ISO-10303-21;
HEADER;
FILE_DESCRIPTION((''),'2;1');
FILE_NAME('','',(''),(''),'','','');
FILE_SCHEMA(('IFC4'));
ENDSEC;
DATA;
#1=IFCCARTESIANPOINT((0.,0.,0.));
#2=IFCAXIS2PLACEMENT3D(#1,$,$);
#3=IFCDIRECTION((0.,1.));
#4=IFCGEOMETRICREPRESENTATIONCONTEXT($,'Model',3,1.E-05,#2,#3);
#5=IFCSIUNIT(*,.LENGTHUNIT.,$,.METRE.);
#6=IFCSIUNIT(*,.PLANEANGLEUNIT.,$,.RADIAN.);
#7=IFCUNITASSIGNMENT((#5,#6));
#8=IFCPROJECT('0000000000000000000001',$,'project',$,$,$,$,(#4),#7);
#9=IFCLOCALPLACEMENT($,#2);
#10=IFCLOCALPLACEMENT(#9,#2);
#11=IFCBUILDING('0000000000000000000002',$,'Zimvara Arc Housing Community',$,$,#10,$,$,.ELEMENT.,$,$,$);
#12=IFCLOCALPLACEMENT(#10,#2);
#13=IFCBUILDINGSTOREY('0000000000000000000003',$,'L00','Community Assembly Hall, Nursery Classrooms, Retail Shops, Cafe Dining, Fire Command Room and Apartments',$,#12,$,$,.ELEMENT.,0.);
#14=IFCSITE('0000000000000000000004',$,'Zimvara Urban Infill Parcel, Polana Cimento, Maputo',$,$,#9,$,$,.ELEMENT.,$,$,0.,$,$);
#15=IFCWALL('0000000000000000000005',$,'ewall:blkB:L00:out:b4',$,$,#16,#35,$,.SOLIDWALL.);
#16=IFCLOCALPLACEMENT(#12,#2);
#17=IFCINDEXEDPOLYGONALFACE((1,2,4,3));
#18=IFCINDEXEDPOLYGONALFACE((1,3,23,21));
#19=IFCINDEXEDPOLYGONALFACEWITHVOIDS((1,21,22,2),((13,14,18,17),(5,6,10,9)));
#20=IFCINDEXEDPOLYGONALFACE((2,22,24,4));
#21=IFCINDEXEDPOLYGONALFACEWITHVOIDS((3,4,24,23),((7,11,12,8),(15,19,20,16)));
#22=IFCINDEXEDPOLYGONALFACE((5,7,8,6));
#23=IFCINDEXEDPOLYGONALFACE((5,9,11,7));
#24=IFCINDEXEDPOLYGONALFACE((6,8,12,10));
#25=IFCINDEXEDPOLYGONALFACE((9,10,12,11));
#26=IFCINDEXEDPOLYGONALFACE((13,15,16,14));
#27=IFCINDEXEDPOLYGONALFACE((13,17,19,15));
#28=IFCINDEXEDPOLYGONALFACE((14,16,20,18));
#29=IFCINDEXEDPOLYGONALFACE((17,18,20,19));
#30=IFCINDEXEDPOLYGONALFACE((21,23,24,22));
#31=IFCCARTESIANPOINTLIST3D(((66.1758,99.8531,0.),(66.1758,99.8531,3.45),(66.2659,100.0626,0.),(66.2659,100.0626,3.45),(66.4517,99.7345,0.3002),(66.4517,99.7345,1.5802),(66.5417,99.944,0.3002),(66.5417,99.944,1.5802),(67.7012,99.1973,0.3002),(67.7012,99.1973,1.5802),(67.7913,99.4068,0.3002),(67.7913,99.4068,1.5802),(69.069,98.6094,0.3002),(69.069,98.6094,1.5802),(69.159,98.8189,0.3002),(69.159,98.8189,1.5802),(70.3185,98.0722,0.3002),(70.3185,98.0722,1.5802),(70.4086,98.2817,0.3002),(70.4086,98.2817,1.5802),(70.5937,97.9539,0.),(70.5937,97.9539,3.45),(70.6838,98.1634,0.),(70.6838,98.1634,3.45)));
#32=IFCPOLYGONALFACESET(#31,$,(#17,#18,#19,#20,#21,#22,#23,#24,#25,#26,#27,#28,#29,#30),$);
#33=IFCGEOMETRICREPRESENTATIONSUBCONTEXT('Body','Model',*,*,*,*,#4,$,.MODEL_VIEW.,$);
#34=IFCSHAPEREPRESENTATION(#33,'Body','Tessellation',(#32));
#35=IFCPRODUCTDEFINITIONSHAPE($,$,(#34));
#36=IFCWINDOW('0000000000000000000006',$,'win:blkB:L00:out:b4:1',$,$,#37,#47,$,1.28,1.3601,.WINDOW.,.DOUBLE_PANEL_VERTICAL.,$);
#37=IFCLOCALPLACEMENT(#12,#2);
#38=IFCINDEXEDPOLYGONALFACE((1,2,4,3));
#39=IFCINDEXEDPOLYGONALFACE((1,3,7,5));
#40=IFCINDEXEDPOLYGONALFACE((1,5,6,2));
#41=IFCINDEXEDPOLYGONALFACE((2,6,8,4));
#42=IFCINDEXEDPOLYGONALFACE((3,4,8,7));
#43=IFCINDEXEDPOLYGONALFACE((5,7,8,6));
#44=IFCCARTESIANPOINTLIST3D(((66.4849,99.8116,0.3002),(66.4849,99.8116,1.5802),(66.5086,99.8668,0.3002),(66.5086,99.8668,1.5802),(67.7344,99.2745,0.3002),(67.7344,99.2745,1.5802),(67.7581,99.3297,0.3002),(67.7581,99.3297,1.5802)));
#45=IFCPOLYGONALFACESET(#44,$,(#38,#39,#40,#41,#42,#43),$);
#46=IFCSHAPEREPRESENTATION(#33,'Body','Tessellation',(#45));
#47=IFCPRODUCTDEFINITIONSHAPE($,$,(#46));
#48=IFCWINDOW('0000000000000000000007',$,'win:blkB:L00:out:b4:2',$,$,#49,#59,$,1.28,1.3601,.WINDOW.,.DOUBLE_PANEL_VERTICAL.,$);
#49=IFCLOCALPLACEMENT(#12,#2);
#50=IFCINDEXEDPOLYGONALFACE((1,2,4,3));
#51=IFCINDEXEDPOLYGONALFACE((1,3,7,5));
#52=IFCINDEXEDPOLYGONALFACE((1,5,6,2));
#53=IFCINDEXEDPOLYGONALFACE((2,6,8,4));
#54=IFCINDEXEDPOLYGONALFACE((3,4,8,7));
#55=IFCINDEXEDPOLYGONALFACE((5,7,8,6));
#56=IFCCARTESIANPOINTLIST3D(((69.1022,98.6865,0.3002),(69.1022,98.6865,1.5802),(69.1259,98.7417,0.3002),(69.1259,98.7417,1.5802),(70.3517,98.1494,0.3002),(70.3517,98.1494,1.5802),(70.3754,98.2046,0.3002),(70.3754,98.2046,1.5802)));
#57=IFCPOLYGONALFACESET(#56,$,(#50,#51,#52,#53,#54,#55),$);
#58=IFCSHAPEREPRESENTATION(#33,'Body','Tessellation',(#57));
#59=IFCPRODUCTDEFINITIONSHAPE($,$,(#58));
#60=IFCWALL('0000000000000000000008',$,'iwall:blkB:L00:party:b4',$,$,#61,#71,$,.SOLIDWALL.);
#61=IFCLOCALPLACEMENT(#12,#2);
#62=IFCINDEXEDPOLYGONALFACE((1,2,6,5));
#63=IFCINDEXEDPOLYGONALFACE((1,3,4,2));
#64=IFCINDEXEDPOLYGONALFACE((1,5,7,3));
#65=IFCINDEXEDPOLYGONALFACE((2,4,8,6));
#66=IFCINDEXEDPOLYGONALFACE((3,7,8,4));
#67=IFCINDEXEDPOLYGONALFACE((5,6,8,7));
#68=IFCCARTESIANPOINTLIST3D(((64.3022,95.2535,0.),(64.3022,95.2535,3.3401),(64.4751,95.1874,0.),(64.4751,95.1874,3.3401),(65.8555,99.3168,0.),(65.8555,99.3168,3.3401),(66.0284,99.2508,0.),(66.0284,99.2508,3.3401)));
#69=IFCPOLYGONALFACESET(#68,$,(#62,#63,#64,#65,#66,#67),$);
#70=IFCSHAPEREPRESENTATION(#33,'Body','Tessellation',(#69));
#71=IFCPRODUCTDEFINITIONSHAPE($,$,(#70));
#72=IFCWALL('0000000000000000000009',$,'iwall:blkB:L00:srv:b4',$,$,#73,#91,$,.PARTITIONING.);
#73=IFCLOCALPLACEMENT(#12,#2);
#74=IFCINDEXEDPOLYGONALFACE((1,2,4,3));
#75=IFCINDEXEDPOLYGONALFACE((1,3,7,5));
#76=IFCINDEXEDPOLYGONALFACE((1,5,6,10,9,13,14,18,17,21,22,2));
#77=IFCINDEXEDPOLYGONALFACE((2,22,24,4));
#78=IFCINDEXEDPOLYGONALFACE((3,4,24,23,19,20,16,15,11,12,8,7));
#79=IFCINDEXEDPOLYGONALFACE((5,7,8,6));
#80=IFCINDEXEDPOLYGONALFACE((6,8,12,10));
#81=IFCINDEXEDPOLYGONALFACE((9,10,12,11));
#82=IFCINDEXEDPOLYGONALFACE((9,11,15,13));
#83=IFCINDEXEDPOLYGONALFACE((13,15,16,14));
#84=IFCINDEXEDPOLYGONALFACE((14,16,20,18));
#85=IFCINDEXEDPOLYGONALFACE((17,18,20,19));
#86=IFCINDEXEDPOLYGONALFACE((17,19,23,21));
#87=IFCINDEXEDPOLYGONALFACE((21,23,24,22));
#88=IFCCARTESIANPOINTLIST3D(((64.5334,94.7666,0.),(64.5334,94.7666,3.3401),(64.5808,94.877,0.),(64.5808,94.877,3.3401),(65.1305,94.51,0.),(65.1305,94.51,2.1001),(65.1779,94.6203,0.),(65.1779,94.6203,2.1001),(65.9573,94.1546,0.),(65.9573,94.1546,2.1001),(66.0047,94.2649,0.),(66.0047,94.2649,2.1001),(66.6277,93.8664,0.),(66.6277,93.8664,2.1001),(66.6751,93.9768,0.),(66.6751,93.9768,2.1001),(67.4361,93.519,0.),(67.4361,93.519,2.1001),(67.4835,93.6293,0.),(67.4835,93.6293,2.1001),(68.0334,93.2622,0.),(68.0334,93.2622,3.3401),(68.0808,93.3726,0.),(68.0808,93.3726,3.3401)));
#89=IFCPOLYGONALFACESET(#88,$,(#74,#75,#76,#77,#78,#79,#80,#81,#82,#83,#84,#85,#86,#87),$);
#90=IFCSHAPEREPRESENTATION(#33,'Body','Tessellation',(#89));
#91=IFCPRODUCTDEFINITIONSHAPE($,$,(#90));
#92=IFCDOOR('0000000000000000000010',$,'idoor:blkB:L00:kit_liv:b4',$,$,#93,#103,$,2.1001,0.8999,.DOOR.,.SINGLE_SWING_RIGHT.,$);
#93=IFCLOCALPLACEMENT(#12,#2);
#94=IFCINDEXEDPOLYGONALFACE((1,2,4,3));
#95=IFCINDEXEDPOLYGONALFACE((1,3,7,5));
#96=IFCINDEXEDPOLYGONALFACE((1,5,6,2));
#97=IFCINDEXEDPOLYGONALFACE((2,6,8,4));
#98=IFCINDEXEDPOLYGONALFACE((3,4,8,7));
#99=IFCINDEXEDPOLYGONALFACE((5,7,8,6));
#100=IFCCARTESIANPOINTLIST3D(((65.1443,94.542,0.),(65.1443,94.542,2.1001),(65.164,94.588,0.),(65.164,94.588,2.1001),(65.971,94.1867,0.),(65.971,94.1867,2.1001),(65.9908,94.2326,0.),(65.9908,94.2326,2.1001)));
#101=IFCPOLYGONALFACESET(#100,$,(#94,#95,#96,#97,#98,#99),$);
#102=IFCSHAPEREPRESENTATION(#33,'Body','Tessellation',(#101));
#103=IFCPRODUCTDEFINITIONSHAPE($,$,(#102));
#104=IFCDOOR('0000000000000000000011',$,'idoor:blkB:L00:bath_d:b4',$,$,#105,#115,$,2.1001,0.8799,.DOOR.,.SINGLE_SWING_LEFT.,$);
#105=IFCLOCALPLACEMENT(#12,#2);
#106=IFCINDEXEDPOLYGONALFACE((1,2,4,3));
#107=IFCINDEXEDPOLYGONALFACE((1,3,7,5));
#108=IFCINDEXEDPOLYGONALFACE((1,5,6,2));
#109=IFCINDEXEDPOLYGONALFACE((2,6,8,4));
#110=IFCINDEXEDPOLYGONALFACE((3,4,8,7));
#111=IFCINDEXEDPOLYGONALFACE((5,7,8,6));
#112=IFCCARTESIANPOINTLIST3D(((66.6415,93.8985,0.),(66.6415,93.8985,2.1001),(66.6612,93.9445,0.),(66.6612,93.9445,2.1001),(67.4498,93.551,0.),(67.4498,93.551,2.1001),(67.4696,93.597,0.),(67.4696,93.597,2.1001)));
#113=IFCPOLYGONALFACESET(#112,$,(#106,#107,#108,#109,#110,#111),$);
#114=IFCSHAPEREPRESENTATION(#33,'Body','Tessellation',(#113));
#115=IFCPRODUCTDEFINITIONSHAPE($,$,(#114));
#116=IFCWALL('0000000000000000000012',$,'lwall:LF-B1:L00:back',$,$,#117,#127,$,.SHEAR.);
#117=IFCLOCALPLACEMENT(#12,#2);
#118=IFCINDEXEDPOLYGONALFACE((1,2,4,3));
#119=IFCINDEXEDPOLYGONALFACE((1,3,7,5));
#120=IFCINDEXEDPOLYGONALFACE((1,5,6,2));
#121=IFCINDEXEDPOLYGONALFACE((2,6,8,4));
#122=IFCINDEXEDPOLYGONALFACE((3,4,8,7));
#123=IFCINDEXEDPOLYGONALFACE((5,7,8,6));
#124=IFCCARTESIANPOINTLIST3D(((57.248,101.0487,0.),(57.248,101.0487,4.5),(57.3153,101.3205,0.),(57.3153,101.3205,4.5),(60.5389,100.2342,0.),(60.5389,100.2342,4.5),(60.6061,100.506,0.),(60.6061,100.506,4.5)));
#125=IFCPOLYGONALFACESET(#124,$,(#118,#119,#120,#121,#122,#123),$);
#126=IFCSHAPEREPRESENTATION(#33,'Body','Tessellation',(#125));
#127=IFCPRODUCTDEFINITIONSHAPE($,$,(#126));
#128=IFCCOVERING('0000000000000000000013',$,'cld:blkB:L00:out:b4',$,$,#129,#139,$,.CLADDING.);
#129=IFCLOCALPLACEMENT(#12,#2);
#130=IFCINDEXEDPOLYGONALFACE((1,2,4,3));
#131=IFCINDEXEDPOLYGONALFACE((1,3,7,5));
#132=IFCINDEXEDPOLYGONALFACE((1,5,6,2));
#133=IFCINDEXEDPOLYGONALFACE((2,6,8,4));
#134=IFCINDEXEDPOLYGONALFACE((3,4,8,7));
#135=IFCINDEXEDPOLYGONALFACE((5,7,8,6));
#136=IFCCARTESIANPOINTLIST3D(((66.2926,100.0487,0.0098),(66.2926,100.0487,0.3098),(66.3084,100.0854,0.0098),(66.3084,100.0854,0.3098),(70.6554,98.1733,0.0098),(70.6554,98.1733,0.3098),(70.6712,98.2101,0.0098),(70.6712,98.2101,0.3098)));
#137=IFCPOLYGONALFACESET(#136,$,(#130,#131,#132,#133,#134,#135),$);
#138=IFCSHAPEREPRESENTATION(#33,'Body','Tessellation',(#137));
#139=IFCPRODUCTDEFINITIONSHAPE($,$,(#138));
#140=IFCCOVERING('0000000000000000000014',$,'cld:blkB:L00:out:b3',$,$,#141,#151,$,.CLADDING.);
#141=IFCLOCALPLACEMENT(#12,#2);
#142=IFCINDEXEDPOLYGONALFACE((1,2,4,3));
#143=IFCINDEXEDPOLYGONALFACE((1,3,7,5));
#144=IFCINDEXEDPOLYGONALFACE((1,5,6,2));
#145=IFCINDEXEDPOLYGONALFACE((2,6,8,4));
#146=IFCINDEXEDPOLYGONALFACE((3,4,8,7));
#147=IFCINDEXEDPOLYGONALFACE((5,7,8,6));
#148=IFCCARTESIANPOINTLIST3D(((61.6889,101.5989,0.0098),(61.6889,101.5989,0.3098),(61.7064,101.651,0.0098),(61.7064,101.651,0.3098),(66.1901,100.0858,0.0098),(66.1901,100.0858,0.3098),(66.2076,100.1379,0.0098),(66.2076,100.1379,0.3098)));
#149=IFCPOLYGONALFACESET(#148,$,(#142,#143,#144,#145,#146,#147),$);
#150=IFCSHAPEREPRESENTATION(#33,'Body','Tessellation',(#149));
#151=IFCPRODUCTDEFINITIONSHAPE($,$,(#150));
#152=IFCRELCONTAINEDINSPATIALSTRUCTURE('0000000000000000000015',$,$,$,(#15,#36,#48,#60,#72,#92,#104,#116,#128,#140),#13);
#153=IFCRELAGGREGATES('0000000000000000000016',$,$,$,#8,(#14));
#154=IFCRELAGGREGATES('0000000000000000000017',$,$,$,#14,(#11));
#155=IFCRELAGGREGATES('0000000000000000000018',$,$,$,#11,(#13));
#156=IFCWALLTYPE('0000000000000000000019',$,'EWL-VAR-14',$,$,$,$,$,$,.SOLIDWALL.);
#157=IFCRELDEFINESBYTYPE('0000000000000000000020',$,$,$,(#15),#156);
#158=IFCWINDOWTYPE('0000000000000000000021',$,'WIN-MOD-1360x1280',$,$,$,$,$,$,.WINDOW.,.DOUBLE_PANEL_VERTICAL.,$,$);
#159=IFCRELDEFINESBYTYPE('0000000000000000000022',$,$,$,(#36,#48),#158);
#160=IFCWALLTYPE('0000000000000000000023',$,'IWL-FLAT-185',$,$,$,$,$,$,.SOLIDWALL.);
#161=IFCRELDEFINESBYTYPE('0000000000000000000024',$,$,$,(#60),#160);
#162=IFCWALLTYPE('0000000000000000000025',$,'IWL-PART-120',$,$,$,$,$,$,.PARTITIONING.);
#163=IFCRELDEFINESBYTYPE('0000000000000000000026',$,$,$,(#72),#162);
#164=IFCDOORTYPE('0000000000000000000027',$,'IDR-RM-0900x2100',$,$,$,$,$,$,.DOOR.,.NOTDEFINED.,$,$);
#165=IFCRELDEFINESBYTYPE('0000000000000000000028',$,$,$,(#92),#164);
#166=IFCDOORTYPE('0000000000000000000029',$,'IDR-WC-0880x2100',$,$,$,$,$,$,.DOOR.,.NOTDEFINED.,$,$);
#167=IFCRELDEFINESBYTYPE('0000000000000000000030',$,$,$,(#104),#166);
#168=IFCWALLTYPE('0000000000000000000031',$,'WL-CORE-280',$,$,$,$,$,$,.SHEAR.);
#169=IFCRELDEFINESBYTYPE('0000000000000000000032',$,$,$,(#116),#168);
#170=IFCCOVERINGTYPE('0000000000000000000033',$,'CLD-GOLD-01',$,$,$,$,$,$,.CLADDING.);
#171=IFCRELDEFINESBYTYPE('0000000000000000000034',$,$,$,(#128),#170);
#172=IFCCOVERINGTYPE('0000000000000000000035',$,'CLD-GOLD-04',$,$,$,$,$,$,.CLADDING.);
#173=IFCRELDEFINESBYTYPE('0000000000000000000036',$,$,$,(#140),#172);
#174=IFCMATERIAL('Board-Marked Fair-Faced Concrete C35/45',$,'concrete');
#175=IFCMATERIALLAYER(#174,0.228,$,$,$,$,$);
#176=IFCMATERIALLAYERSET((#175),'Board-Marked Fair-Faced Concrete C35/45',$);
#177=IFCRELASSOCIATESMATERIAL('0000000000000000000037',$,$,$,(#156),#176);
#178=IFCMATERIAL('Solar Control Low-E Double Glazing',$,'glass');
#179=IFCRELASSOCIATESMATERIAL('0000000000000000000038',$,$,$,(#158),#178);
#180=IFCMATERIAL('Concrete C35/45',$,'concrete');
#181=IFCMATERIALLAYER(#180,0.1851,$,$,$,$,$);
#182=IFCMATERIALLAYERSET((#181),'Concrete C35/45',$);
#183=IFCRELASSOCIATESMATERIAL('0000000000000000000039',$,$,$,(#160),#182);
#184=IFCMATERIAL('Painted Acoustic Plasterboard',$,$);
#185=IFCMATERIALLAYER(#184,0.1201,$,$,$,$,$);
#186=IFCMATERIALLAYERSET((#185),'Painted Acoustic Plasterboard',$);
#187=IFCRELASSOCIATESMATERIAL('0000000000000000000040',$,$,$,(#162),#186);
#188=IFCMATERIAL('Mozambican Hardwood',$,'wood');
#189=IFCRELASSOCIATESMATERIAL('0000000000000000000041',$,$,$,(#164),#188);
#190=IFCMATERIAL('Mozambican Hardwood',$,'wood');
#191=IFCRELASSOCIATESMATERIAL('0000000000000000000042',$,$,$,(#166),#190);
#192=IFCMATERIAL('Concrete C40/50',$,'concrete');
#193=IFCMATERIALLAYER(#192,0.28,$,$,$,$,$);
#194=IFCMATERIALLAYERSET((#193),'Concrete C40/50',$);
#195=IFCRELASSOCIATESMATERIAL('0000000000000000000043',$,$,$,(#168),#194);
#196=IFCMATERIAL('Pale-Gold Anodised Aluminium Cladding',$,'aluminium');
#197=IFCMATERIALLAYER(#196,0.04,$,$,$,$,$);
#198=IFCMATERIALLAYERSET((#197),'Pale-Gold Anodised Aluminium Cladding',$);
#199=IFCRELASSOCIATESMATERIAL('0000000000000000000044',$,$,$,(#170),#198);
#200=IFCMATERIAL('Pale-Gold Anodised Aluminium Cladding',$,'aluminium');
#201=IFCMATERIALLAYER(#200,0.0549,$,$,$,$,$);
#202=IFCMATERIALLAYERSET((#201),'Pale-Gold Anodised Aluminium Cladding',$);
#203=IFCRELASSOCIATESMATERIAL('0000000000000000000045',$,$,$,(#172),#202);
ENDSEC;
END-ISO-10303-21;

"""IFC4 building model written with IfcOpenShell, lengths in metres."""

from ifc_helpers import new_model, si_unit, direction, frame, frame_2d, origin, origin_2d, place, context, subcontext, project, spatial, rectangle, extrude, material, layer, layer_set, type_object, element, fill, save


model = new_model("IFC4")

# Units and contexts
model_context = context("Model", 3, precision=1e-05, world=origin(), true_north=direction((0.0, 1.0)))
body_context = subcontext(model_context, "Body", "Model", "MODEL_VIEW")
ifc_project = project(units=[si_unit("LENGTHUNIT", "METRE"), si_unit("PLANEANGLEUNIT", "RADIAN")], contexts=[model_context])

# Site, building, storey
site_placement = place(None, origin())
site = spatial("IfcSite", under=ifc_project, at=site_placement, Name="Zimvara Urban Infill Parcel, Polana Cimento, Maputo", CompositionType="ELEMENT", RefElevation=0.0)
building_placement = place(site_placement, origin())
building = spatial("IfcBuilding", under=site, at=building_placement, Name="Zimvara Arc Housing Community", CompositionType="ELEMENT")
storey_placement = place(building_placement, origin())
storey = spatial("IfcBuildingStorey", under=building, at=storey_placement, Name="L00", Description="Community Assembly Hall, Nursery Classrooms, Retail Shops, Cafe Dining, Fire Command Room and Apartments", CompositionType="ELEMENT", Elevation=0.0)

# Wall, openings, windows
ifc_material_1 = material(Name="Board-Marked Fair-Faced Concrete C35/45", Category="concrete")
ifc_layer_1 = layer(ifc_material_1, 0.228)
ifc_layer_set_1 = layer_set([ifc_layer_1], Name="Board-Marked Fair-Faced Concrete C35/45")
wall_type_1 = type_object("IfcWallType", Name="EWL-VAR-14", PredefinedType="SOLIDWALL", material=ifc_layer_set_1)
wall_1_placement = place(storey_placement, frame((66.2209, 99.9578, 0.0), z_axis=(0.0, 0.0, 1.0), x_axis=(0.918711, -0.39493, 0.0)))
wall_1 = element("IfcWall", 1, at=wall_1_placement, inside=storey, type_object=wall_type_1, Name="ewall:blkB:L00:out:b4", PredefinedType="SOLIDWALL", context=body_context, shape_type="SweptSolid", body=[
    extrude(rectangle(XDim=4.8088, YDim=0.228, at=frame_2d((2.4043, 0.0))), origin(), (0.0, 0.0, 1.0), 3.45),
])
opening_1_placement = place(wall_1_placement, frame((0.3, 0.0, 0.3)))
opening_1 = element("IfcOpeningElement", 2, at=opening_1_placement, cuts=wall_1, PredefinedType="OPENING", context=body_context, shape_type="SweptSolid", body=[
    extrude(rectangle(XDim=1.3601, YDim=1.28, at=frame_2d((0.6802, 0.6401))), frame((0.0, 0.124, 0.0), z_axis=(0.0, -1.0, 0.0), x_axis=(1.0, 0.0, 0.0)), (0.0, 0.0, 1.0), 0.248),
])
opening_2_placement = place(wall_1_placement, frame((3.1489, 0.0, 0.3)))
opening_2 = element("IfcOpeningElement", 3, at=opening_2_placement, cuts=wall_1, PredefinedType="OPENING", context=body_context, shape_type="SweptSolid", body=[
    extrude(rectangle(XDim=1.3601, YDim=1.28, at=frame_2d((0.6802, 0.6401))), frame((0.0, 0.124, 0.0), z_axis=(0.0, -1.0, 0.0), x_axis=(1.0, 0.0, 0.0)), (0.0, 0.0, 1.0), 0.248),
])
ifc_material_2 = material(Name="Solar Control Low-E Double Glazing", Category="glass")
window_type_1 = type_object("IfcWindowType", Name="WIN-MOD-1360x1280", PartitioningType="DOUBLE_PANEL_VERTICAL", PredefinedType="WINDOW", material=ifc_material_2)
window_1_placement = place(opening_1_placement, origin())
window_1 = element("IfcWindow", 4, at=window_1_placement, inside=storey, type_object=window_type_1, Name="win:blkB:L00:out:b4:1", OverallHeight=1.28, OverallWidth=1.3601, PartitioningType="DOUBLE_PANEL_VERTICAL", PredefinedType="WINDOW", context=body_context, shape_type="SweptSolid", body=[
    extrude(rectangle(XDim=1.3601, YDim=1.28, at=frame_2d((0.6802, 0.6401))), frame((0.0, 0.03, 0.0), z_axis=(0.0, -1.0, 0.0), x_axis=(1.0, 0.0, 0.0)), (0.0, 0.0, 1.0), 0.0601),
])
fill(opening_1, window_1)
window_2_placement = place(opening_2_placement, origin())
window_2 = element("IfcWindow", 5, at=window_2_placement, inside=storey, type_object=window_type_1, Name="win:blkB:L00:out:b4:2", OverallHeight=1.28, OverallWidth=1.3601, PartitioningType="DOUBLE_PANEL_VERTICAL", PredefinedType="WINDOW", context=body_context, shape_type="SweptSolid", body=[
    extrude(rectangle(XDim=1.3601, YDim=1.28, at=frame_2d((0.6802, 0.6401))), frame((0.0, 0.03, 0.0), z_axis=(0.0, -1.0, 0.0), x_axis=(1.0, 0.0, 0.0)), (0.0, 0.0, 1.0), 0.0601),
])
fill(opening_2, window_2)

# Wall
ifc_material_3 = material(Name="Concrete C35/45", Category="concrete")
ifc_layer_2 = layer(ifc_material_3, 0.1851)
ifc_layer_set_2 = layer_set([ifc_layer_2], Name="Concrete C35/45")
wall_type_2 = type_object("IfcWallType", Name="IWL-FLAT-185", PredefinedType="SOLIDWALL", material=ifc_layer_set_2)
wall_2_placement = place(storey_placement, frame((64.3887, 95.2205, 0.0), z_axis=(0.0, 0.0, 1.0), x_axis=(0.357064, 0.93408, 0.0)))
element("IfcWall", 6, at=wall_2_placement, inside=storey, type_object=wall_type_2, Name="iwall:blkB:L00:party:b4", PredefinedType="SOLIDWALL", context=body_context, shape_type="SweptSolid", body=[
    extrude(rectangle(XDim=4.3501, YDim=0.1851, at=frame_2d((2.175, 0.0))), origin(), (0.0, 0.0, 1.0), 3.3401),
])

# Wall, openings, doors
ifc_material_4 = material(Name="Painted Acoustic Plasterboard")
ifc_layer_3 = layer(ifc_material_4, 0.1201)
ifc_layer_set_3 = layer_set([ifc_layer_3], Name="Painted Acoustic Plasterboard")
wall_type_3 = type_object("IfcWallType", Name="IWL-PART-120", PredefinedType="PARTITIONING", material=ifc_layer_set_3)
wall_3_placement = place(storey_placement, frame((64.5571, 94.8218, 0.0), z_axis=(0.0, 0.0, 1.0), x_axis=(0.918727, -0.394894, 0.0)))
wall_3 = element("IfcWall", 7, at=wall_3_placement, inside=storey, type_object=wall_type_3, Name="iwall:blkB:L00:srv:b4", PredefinedType="PARTITIONING", context=body_context, shape_type="SweptSolid", body=[
    extrude(rectangle(XDim=3.8096, YDim=0.1201, at=frame_2d((1.9048, 0.0))), origin(), (0.0, 0.0, 1.0), 3.3401),
])
opening_3_placement = place(wall_3_placement, frame((0.6499, 0.0, 0.0)))
opening_3 = element("IfcOpeningElement", 8, at=opening_3_placement, cuts=wall_3, PredefinedType="OPENING", context=body_context, shape_type="SweptSolid", body=[
    extrude(rectangle(XDim=0.8999, YDim=2.1001, at=frame_2d((0.45, 1.05))), frame((0.0, 0.0701, 0.0), z_axis=(0.0, -1.0, 0.0), x_axis=(1.0, 0.0, 0.0)), (0.0, 0.0, 1.0), 0.1401),
])
opening_4_placement = place(wall_3_placement, frame((2.2795, 0.0, 0.0)))
opening_4 = element("IfcOpeningElement", 9, at=opening_4_placement, cuts=wall_3, PredefinedType="OPENING", context=body_context, shape_type="SweptSolid", body=[
    extrude(rectangle(XDim=0.8799, YDim=2.1001, at=frame_2d((0.4399, 1.05))), frame((0.0, 0.0701, 0.0), z_axis=(0.0, -1.0, 0.0), x_axis=(1.0, 0.0, 0.0)), (0.0, 0.0, 1.0), 0.1401),
])
ifc_material_5 = material(Name="Mozambican Hardwood", Category="wood")
door_type_1 = type_object("IfcDoorType", Name="IDR-RM-0900x2100", OperationType="NOTDEFINED", PredefinedType="DOOR", material=ifc_material_5)
door_1_placement = place(opening_3_placement, origin())
door_1 = element("IfcDoor", 10, at=door_1_placement, inside=storey, type_object=door_type_1, Name="idoor:blkB:L00:kit_liv:b4", OperationType="SINGLE_SWING_RIGHT", OverallHeight=2.1001, OverallWidth=0.8999, PredefinedType="DOOR", context=body_context, shape_type="SweptSolid", body=[
    extrude(rectangle(XDim=0.8999, YDim=2.1001, at=frame_2d((0.45, 1.05))), frame((0.0, 0.0249, 0.0), z_axis=(0.0, -1.0, 0.0), x_axis=(1.0, 0.0, 0.0)), (0.0, 0.0, 1.0), 0.05),
])
fill(opening_3, door_1)
ifc_material_6 = material(Name="Mozambican Hardwood", Category="wood")
door_type_2 = type_object("IfcDoorType", Name="IDR-WC-0880x2100", OperationType="NOTDEFINED", PredefinedType="DOOR", material=ifc_material_6)
door_2_placement = place(opening_4_placement, origin())
door_2 = element("IfcDoor", 11, at=door_2_placement, inside=storey, type_object=door_type_2, Name="idoor:blkB:L00:bath_d:b4", OperationType="SINGLE_SWING_LEFT", OverallHeight=2.1001, OverallWidth=0.8799, PredefinedType="DOOR", context=body_context, shape_type="SweptSolid", body=[
    extrude(rectangle(XDim=0.8799, YDim=2.1001, at=frame_2d((0.4399, 1.05))), frame((0.0, 0.0249, 0.0), z_axis=(0.0, -1.0, 0.0), x_axis=(1.0, 0.0, 0.0)), (0.0, 0.0, 1.0), 0.05),
])
fill(opening_4, door_2)

# Wall
ifc_material_7 = material(Name="Concrete C40/50", Category="concrete")
ifc_layer_4 = layer(ifc_material_7, 0.28)
ifc_layer_set_4 = layer_set([ifc_layer_4], Name="Concrete C40/50")
wall_type_4 = type_object("IfcWallType", Name="WL-CORE-280", PredefinedType="SHEAR", material=ifc_layer_set_4)
wall_4_placement = place(storey_placement, frame((60.5725, 100.3701, 0.0), z_axis=(0.0, 0.0, 1.0), x_axis=(-0.970712, 0.240247, 0.0)))
element("IfcWall", 12, at=wall_4_placement, inside=storey, type_object=wall_type_4, Name="lwall:LF-B1:L00:back", PredefinedType="SHEAR", context=body_context, shape_type="SweptSolid", body=[
    extrude(rectangle(XDim=3.3901, YDim=0.28, at=frame_2d((1.6951, 0.0))), origin(), (0.0, 0.0, 1.0), 4.5),
])

# Coverings
ifc_material_8 = material(Name="Pale-Gold Anodised Aluminium Cladding", Category="aluminium")
ifc_layer_5 = layer(ifc_material_8, 0.04)
ifc_layer_set_5 = layer_set([ifc_layer_5], Name="Pale-Gold Anodised Aluminium Cladding")
covering_type_1 = type_object("IfcCoveringType", Name="CLD-GOLD-01", PredefinedType="CLADDING", material=ifc_layer_set_5)
covering_1_placement = place(storey_placement, frame((68.4819, 99.1294, 0.0098), z_axis=(0.0, 0.0, 1.0), x_axis=(0.918722, -0.394906, 0.0)))
element("IfcCovering", 13, at=covering_1_placement, inside=storey, type_object=covering_type_1, Name="cld:blkB:L00:out:b4", PredefinedType="CLADDING", context=body_context, shape_type="SweptSolid", body=[
    extrude(rectangle(XDim=4.7488, YDim=0.04, at=origin_2d()), origin(), (0.0, 0.0, 1.0), 0.3),
])
ifc_material_9 = material(Name="Pale-Gold Anodised Aluminium Cladding", Category="aluminium")
ifc_layer_6 = layer(ifc_material_9, 0.0549)
ifc_layer_set_6 = layer_set([ifc_layer_6], Name="Pale-Gold Anodised Aluminium Cladding")
covering_type_2 = type_object("IfcCoveringType", Name="CLD-GOLD-04", PredefinedType="CLADDING", material=ifc_layer_set_6)
covering_2_placement = place(storey_placement, frame((63.9482, 100.8684, 0.0098), z_axis=(0.0, 0.0, 1.0), x_axis=(0.94788, -0.318628, 0.0)))
element("IfcCovering", 14, at=covering_2_placement, inside=storey, type_object=covering_type_2, Name="cld:blkB:L00:out:b3", PredefinedType="CLADDING", context=body_context, shape_type="SweptSolid", body=[
    extrude(rectangle(XDim=4.7488, YDim=0.0549, at=origin_2d()), origin(), (0.0, 0.0, 1.0), 0.3),
])

save(model, "model.ifc")
